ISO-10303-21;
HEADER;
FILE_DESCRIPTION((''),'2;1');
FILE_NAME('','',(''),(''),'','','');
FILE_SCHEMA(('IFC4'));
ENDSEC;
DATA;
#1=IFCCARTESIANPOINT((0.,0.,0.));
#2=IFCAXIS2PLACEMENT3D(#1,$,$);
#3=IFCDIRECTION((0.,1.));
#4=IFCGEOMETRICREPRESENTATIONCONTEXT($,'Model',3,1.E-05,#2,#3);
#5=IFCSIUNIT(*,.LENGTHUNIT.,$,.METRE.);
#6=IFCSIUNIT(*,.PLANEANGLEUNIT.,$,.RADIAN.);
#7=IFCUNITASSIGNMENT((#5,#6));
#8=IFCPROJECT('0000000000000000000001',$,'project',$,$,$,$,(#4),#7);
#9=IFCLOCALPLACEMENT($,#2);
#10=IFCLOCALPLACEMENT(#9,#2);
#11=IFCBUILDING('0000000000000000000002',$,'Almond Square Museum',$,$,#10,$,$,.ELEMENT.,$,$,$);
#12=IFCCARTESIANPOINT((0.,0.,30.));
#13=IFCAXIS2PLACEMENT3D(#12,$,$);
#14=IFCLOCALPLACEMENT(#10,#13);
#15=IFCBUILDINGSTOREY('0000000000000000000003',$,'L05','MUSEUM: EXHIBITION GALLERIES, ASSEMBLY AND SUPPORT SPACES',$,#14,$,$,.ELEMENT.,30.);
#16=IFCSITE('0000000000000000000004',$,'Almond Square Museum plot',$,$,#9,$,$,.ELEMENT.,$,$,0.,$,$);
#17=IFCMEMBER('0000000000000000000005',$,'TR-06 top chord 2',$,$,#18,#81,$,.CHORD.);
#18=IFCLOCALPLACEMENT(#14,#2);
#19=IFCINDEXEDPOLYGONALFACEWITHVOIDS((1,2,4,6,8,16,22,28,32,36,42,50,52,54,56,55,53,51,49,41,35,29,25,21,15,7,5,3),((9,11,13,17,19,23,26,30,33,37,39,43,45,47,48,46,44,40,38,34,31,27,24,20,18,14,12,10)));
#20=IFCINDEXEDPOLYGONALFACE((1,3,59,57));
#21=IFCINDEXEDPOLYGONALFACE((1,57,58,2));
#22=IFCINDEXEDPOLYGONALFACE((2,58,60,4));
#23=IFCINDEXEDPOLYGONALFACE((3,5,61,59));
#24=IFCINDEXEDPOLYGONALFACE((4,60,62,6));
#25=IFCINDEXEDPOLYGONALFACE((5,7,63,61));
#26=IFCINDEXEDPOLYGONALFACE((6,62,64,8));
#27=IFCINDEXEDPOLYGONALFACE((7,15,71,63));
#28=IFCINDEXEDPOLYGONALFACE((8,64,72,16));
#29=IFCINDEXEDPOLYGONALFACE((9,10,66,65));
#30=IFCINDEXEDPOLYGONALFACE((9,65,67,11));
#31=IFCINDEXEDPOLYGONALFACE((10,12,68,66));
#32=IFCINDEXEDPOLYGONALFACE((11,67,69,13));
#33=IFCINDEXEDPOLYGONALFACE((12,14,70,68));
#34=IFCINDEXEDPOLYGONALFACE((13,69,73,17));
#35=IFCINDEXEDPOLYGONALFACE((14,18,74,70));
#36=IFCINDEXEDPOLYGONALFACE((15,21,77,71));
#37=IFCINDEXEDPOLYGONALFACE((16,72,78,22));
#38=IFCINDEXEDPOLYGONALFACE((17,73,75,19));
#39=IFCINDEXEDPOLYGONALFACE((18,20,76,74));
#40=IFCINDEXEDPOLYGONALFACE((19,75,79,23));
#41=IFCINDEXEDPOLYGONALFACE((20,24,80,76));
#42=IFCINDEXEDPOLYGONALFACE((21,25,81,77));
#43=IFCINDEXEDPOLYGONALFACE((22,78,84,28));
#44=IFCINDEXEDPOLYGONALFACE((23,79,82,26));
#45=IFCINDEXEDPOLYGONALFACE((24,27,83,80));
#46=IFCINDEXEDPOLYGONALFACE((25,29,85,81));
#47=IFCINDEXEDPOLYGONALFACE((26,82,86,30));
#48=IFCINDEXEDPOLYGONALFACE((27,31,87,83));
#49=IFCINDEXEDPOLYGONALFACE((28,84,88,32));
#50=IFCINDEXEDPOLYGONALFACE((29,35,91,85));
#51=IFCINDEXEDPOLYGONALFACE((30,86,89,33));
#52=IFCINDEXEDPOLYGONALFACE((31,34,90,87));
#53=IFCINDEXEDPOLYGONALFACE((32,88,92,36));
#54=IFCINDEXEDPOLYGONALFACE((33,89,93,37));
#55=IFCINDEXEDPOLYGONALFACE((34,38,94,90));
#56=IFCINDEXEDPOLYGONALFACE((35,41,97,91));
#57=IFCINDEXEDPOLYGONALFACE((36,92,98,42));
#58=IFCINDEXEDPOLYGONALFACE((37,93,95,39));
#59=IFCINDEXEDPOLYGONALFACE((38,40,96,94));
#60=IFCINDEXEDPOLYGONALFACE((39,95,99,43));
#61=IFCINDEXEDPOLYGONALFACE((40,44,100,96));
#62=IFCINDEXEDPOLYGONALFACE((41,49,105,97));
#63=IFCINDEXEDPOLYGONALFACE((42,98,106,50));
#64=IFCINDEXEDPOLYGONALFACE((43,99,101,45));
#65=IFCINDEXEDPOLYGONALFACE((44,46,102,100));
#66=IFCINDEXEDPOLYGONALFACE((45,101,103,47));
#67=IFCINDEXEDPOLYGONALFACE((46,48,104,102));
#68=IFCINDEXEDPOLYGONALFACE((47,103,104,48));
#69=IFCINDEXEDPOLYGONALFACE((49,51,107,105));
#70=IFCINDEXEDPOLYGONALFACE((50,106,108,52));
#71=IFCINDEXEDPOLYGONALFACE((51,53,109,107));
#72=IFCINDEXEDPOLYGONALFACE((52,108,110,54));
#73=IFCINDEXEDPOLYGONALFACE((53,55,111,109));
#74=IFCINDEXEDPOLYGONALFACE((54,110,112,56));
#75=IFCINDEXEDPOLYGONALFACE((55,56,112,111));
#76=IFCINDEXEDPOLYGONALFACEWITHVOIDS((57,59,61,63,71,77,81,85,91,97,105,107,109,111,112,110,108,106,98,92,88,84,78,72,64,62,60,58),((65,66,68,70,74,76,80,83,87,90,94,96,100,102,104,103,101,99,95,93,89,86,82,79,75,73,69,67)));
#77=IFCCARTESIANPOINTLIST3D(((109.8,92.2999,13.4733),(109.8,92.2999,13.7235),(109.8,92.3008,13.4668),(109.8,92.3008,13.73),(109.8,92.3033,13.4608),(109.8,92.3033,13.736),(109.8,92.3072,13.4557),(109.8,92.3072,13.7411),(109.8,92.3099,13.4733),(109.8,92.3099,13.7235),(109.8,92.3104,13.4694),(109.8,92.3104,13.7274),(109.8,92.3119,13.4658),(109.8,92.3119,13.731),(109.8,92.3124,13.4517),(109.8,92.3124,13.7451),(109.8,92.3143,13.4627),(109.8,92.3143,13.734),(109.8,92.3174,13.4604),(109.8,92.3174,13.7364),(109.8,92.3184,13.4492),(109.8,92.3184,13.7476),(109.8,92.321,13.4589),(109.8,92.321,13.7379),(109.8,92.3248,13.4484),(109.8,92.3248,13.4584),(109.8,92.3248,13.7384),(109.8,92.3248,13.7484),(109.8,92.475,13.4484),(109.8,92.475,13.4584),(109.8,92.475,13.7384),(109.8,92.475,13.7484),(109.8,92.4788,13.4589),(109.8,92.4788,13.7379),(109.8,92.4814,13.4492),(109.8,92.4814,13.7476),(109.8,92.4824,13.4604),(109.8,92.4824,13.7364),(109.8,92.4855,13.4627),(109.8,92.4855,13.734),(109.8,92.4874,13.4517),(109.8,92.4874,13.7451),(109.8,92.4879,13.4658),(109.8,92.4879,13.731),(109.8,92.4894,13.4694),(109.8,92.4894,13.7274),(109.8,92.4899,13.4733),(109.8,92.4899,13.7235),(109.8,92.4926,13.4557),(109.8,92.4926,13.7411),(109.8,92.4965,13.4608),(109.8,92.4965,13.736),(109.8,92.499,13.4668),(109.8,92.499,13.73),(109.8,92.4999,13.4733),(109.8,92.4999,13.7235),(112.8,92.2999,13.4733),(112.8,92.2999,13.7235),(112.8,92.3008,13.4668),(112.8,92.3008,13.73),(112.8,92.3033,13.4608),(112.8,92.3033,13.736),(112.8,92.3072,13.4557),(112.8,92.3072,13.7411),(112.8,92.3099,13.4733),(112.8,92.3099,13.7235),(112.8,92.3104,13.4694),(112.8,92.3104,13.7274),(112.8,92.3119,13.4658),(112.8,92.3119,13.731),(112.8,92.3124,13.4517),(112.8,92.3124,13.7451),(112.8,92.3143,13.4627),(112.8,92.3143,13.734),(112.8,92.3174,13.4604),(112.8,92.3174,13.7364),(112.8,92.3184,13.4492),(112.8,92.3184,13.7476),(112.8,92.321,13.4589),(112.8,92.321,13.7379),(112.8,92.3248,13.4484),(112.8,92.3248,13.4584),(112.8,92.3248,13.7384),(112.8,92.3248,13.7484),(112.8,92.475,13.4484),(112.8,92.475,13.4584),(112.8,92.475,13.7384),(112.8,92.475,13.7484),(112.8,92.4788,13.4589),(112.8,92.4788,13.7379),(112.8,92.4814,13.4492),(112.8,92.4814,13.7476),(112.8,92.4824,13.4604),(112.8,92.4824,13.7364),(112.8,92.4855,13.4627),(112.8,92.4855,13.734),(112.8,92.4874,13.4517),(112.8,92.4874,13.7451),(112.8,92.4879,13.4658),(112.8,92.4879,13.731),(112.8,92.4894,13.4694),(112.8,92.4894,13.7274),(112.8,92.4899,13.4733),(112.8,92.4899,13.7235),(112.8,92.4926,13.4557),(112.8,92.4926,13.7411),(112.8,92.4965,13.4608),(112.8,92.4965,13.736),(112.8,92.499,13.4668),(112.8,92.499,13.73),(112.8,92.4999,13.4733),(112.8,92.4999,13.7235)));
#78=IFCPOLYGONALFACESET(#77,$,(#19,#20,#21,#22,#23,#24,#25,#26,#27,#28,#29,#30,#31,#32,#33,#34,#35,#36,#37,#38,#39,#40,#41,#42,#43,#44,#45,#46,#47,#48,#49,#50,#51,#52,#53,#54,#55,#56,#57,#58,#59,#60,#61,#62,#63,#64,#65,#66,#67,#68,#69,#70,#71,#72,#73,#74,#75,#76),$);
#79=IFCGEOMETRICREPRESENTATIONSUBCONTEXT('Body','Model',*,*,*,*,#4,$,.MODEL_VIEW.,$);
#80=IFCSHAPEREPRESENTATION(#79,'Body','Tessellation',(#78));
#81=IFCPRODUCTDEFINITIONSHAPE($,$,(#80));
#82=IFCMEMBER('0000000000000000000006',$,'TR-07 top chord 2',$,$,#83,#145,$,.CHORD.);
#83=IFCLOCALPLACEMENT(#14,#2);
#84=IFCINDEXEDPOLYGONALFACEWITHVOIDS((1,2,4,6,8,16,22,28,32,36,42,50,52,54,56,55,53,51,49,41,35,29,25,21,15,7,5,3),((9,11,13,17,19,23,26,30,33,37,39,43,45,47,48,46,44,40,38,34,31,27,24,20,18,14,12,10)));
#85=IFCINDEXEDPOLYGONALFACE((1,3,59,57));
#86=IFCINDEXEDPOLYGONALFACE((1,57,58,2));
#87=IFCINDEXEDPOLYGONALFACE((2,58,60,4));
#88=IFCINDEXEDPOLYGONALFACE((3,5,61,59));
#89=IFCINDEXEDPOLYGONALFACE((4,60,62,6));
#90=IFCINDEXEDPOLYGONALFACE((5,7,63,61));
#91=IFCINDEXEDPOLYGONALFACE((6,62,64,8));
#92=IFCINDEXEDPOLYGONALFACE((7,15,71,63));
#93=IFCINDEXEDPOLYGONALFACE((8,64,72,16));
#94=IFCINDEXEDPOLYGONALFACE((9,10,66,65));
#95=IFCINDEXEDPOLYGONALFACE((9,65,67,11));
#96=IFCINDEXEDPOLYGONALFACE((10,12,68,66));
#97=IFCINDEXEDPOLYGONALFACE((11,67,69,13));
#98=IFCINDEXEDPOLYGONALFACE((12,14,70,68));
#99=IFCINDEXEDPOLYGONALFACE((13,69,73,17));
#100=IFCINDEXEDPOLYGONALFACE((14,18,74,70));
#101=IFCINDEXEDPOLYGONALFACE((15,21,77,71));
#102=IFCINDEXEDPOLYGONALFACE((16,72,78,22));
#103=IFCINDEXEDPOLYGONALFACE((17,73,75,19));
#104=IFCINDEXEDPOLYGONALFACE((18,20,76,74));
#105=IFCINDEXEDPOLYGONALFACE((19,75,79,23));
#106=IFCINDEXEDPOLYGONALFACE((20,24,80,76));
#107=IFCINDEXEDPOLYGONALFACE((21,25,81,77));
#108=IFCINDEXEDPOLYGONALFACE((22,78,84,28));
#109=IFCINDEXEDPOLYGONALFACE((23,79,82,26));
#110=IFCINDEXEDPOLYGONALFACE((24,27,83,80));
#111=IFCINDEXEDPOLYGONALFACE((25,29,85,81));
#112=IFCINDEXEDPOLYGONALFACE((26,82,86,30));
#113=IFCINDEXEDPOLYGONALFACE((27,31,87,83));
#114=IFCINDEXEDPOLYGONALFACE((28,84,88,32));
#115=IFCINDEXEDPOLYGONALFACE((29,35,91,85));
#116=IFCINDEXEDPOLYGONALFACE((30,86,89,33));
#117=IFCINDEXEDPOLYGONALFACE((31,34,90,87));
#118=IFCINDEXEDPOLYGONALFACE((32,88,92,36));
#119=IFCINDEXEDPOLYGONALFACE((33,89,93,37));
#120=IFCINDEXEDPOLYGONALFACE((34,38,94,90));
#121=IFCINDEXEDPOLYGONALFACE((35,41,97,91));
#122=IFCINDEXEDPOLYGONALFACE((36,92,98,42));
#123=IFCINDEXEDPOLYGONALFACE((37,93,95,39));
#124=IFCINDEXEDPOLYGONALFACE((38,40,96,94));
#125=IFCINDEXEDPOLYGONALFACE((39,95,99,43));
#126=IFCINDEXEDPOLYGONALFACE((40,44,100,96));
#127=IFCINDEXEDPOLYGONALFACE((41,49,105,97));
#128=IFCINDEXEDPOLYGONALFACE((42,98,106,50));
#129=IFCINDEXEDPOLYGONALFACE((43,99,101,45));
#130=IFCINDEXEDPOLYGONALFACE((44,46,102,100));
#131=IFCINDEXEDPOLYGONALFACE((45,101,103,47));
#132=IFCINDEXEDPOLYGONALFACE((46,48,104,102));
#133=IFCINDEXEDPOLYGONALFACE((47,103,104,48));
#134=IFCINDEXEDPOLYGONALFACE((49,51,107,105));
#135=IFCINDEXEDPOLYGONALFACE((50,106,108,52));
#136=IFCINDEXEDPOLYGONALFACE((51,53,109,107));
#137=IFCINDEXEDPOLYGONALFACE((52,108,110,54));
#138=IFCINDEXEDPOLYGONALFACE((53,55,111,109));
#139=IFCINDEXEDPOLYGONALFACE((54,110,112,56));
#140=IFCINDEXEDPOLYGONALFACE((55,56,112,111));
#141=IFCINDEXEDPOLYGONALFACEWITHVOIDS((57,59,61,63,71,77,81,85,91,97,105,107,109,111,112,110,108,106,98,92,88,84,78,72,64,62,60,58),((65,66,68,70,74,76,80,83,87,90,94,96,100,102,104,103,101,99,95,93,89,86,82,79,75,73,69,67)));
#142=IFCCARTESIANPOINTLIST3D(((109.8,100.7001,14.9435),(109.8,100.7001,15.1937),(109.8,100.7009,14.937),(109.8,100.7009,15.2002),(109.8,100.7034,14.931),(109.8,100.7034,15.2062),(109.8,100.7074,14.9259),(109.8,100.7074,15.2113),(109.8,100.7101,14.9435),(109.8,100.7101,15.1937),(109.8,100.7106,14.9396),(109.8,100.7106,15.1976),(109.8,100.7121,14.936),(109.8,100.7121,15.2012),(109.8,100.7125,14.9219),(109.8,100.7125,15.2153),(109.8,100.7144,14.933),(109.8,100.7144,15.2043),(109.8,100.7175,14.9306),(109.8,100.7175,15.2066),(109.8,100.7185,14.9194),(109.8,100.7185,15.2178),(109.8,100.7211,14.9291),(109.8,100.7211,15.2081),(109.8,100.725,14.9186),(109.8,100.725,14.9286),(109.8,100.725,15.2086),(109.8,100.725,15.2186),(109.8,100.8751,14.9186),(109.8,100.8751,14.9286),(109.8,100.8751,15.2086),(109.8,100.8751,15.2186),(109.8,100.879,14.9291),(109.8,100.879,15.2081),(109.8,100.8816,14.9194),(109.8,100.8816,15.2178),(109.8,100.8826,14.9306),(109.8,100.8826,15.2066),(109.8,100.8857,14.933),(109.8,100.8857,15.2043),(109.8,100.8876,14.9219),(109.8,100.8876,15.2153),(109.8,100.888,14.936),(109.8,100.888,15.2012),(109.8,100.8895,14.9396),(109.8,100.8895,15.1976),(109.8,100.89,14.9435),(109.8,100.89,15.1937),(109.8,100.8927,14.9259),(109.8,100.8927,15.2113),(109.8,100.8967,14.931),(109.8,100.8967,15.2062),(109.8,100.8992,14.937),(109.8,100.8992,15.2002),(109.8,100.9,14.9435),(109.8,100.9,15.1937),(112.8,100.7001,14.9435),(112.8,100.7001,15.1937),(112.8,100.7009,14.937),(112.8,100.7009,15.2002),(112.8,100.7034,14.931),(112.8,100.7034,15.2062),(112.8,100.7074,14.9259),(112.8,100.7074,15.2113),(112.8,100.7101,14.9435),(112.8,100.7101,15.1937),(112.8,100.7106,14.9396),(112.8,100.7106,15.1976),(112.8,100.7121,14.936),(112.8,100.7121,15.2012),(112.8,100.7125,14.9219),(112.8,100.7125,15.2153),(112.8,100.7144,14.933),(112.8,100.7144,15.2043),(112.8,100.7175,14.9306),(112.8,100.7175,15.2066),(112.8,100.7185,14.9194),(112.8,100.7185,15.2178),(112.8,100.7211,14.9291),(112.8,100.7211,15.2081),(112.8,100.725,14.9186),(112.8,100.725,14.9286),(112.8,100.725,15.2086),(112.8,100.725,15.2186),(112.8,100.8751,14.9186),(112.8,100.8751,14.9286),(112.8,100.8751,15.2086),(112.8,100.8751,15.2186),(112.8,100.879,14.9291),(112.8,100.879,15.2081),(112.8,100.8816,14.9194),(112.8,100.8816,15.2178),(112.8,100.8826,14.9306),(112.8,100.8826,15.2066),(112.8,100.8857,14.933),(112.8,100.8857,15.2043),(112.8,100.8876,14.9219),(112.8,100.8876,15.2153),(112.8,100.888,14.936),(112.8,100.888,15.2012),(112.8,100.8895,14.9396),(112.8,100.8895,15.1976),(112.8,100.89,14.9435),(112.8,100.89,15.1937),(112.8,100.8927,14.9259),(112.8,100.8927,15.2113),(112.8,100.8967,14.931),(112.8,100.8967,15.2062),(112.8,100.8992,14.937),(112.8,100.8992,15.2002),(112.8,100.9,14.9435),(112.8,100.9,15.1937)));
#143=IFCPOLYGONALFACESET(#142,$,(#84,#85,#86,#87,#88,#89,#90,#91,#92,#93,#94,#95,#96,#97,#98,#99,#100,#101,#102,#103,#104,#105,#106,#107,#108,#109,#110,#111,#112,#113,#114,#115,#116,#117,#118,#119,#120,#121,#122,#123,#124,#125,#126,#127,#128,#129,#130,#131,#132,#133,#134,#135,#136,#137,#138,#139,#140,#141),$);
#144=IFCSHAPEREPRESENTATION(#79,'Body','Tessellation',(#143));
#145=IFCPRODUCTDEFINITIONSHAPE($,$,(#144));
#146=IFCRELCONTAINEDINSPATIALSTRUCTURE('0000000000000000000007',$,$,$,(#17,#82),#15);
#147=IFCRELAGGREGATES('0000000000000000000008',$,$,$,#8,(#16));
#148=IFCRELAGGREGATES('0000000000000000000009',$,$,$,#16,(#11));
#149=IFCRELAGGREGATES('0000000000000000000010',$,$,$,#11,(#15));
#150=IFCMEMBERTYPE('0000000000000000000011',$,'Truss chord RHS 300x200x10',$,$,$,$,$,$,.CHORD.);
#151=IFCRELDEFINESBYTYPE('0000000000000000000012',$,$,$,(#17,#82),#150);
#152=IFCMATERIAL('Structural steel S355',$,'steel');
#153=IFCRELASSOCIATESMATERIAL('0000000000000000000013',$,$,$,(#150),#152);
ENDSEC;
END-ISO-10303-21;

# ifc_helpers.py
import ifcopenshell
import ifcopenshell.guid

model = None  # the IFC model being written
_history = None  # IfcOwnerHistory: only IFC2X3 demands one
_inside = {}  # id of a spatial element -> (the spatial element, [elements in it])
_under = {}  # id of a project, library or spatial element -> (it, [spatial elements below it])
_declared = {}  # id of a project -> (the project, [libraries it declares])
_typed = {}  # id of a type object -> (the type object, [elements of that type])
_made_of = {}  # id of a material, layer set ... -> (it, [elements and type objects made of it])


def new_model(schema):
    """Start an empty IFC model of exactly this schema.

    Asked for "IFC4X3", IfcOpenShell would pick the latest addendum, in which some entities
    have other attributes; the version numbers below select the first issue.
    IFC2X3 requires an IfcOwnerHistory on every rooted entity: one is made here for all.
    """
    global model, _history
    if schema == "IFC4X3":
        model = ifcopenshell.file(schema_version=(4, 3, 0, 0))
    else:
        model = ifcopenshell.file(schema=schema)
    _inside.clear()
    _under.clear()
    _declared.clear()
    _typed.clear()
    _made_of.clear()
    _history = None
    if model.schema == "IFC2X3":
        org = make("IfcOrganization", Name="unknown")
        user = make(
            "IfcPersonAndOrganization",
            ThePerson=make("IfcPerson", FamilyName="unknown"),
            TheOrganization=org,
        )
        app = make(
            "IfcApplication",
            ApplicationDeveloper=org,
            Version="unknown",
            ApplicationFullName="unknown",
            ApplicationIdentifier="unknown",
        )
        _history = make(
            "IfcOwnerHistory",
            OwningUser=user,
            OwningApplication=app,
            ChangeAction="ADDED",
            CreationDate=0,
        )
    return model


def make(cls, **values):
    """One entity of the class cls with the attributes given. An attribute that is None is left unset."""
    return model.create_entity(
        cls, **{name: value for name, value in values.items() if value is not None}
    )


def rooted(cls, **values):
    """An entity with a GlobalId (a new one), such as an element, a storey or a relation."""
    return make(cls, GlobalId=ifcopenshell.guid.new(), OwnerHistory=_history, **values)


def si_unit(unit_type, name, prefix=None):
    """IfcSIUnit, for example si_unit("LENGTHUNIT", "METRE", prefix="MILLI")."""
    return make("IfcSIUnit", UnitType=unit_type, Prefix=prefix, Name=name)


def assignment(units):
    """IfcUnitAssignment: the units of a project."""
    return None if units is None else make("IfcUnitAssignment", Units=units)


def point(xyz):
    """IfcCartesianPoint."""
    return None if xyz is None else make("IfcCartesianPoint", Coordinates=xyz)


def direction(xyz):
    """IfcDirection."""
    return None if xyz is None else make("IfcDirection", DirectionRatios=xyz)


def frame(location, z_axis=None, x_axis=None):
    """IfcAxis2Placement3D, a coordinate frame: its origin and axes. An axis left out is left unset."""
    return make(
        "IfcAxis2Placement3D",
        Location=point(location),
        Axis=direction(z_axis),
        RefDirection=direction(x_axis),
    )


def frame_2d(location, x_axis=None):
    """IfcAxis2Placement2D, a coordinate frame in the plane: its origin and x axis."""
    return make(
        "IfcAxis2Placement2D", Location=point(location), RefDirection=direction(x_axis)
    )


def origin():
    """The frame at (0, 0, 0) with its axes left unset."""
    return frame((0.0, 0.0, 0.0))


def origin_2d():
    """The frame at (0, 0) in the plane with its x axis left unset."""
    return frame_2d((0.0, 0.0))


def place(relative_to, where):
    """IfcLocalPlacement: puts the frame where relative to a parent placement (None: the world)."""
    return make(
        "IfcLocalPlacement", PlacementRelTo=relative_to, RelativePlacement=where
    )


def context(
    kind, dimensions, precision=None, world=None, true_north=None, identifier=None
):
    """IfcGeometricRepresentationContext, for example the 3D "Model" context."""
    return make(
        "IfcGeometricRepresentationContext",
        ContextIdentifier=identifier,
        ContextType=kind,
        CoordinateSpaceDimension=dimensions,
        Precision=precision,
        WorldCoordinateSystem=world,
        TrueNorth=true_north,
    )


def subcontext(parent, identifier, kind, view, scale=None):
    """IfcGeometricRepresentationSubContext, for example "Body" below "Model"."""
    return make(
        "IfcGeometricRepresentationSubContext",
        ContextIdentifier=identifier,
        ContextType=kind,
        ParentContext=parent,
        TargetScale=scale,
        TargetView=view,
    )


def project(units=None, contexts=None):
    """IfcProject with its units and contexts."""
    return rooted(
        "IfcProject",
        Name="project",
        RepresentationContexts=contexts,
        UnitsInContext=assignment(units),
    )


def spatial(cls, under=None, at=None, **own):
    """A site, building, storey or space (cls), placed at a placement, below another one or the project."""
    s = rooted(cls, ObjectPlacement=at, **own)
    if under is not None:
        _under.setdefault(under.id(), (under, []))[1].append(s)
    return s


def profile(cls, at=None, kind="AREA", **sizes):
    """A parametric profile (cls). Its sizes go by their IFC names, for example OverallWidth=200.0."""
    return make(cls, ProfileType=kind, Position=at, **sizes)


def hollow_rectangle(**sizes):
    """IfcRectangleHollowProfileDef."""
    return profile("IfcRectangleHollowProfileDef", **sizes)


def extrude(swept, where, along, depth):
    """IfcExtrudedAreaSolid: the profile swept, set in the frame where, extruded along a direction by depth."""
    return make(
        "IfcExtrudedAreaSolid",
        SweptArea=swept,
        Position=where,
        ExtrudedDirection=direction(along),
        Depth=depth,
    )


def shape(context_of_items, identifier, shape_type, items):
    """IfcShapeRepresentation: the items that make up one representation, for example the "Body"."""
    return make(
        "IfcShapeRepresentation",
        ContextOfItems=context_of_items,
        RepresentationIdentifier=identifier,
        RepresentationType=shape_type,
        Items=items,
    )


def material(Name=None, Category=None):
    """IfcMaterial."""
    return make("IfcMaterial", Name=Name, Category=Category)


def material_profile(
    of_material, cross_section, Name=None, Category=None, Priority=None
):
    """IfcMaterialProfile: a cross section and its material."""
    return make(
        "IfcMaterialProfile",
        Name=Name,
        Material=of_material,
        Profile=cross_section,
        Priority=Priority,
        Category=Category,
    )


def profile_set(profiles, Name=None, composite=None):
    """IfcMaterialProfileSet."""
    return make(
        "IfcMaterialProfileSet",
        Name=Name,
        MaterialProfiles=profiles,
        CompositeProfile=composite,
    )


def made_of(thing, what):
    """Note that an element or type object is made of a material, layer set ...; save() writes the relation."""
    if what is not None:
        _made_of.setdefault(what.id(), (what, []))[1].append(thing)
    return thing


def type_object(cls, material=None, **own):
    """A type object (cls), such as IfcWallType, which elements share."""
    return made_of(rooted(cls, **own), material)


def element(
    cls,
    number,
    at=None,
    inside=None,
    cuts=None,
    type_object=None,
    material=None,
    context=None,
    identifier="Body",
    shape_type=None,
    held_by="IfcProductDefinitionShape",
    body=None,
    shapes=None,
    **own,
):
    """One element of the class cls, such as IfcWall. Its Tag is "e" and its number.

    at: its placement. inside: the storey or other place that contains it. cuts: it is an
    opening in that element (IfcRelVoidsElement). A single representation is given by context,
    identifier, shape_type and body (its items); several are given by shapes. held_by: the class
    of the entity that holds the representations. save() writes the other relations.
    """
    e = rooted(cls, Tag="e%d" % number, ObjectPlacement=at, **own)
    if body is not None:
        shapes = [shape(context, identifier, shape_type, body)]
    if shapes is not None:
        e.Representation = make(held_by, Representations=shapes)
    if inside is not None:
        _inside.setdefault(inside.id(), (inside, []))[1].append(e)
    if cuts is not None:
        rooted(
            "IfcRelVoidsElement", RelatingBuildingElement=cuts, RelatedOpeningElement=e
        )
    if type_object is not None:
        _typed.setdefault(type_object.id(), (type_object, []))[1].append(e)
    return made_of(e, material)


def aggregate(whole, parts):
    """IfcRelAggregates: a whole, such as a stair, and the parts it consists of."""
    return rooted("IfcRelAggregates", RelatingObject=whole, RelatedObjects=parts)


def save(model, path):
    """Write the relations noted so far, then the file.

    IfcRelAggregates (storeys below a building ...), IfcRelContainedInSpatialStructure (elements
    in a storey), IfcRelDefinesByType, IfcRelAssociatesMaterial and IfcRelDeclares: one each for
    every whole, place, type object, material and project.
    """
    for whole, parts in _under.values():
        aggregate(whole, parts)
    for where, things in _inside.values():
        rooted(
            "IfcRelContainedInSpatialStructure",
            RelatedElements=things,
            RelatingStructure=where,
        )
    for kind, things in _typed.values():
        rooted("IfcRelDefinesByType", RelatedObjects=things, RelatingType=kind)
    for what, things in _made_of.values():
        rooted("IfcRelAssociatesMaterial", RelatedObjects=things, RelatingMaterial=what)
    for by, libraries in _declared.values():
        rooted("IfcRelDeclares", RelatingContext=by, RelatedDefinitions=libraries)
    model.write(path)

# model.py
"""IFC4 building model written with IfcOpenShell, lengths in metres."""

from ifc_helpers import new_model, si_unit, direction, frame, origin, origin_2d, place, context, subcontext, project, spatial, hollow_rectangle, extrude, material, material_profile, profile_set, type_object, element, save


model = new_model("IFC4")

# Units and contexts
model_context = context("Model", 3, precision=1e-05, world=origin(), true_north=direction((0.0, 1.0)))
body_context = subcontext(model_context, "Body", "Model", "MODEL_VIEW")
ifc_project = project(units=[si_unit("LENGTHUNIT", "METRE"), si_unit("PLANEANGLEUNIT", "RADIAN")], contexts=[model_context])

# Site, building, storey
site_placement = place(None, origin())
site = spatial("IfcSite", under=ifc_project, at=site_placement, Name="Almond Square Museum plot", CompositionType="ELEMENT", RefElevation=0.0)
building_placement = place(site_placement, origin())
building = spatial("IfcBuilding", under=site, at=building_placement, Name="Almond Square Museum", CompositionType="ELEMENT")
storey_placement = place(building_placement, frame((0.0, 0.0, 30.0)))
storey = spatial("IfcBuildingStorey", under=building, at=storey_placement, Name="L05", Description="MUSEUM: EXHIBITION GALLERIES, ASSEMBLY AND SUPPORT SPACES", CompositionType="ELEMENT", Elevation=30.0)

# Members
ifc_material_1 = material(Name="Structural steel S355", Category="steel")
ifc_material_profile_1 = material_profile(ifc_material_1, hollow_rectangle(XDim=0.2, YDim=0.3, WallThickness=0.01, InnerFilletRadius=0.0149, OuterFilletRadius=0.0249, at=origin_2d()))
ifc_profile_set_1 = profile_set([ifc_material_profile_1], Name="Structural steel S355")
member_type_1 = type_object("IfcMemberType", Name="Truss chord RHS 300x200x10", PredefinedType="CHORD", material=ifc_profile_set_1)
for number, where, z_axis, x_axis, name in (
    (1, (109.8, 92.3999, 13.5984), (1.0, 0.0, 0.0), (0.0, 1.0, 0.0), "TR-06 top chord 2"),
    (2, (109.8, 100.8, 15.0686), (1.0, 0.0, 0.0), (0.0, 1.0, 0.0), "TR-07 top chord 2"),
):
    element("IfcMember", number, at=place(storey_placement, frame(where, z_axis=z_axis, x_axis=x_axis)), inside=storey, type_object=member_type_1, Name=name, PredefinedType="CHORD", context=body_context, shape_type="SweptSolid", body=[
        extrude(hollow_rectangle(XDim=0.2, YDim=0.3, WallThickness=0.01, InnerFilletRadius=0.0149, OuterFilletRadius=0.0249, at=origin_2d()), origin(), (0.0, 0.0, 1.0), 3.0),
    ])

save(model, "model.ifc")
